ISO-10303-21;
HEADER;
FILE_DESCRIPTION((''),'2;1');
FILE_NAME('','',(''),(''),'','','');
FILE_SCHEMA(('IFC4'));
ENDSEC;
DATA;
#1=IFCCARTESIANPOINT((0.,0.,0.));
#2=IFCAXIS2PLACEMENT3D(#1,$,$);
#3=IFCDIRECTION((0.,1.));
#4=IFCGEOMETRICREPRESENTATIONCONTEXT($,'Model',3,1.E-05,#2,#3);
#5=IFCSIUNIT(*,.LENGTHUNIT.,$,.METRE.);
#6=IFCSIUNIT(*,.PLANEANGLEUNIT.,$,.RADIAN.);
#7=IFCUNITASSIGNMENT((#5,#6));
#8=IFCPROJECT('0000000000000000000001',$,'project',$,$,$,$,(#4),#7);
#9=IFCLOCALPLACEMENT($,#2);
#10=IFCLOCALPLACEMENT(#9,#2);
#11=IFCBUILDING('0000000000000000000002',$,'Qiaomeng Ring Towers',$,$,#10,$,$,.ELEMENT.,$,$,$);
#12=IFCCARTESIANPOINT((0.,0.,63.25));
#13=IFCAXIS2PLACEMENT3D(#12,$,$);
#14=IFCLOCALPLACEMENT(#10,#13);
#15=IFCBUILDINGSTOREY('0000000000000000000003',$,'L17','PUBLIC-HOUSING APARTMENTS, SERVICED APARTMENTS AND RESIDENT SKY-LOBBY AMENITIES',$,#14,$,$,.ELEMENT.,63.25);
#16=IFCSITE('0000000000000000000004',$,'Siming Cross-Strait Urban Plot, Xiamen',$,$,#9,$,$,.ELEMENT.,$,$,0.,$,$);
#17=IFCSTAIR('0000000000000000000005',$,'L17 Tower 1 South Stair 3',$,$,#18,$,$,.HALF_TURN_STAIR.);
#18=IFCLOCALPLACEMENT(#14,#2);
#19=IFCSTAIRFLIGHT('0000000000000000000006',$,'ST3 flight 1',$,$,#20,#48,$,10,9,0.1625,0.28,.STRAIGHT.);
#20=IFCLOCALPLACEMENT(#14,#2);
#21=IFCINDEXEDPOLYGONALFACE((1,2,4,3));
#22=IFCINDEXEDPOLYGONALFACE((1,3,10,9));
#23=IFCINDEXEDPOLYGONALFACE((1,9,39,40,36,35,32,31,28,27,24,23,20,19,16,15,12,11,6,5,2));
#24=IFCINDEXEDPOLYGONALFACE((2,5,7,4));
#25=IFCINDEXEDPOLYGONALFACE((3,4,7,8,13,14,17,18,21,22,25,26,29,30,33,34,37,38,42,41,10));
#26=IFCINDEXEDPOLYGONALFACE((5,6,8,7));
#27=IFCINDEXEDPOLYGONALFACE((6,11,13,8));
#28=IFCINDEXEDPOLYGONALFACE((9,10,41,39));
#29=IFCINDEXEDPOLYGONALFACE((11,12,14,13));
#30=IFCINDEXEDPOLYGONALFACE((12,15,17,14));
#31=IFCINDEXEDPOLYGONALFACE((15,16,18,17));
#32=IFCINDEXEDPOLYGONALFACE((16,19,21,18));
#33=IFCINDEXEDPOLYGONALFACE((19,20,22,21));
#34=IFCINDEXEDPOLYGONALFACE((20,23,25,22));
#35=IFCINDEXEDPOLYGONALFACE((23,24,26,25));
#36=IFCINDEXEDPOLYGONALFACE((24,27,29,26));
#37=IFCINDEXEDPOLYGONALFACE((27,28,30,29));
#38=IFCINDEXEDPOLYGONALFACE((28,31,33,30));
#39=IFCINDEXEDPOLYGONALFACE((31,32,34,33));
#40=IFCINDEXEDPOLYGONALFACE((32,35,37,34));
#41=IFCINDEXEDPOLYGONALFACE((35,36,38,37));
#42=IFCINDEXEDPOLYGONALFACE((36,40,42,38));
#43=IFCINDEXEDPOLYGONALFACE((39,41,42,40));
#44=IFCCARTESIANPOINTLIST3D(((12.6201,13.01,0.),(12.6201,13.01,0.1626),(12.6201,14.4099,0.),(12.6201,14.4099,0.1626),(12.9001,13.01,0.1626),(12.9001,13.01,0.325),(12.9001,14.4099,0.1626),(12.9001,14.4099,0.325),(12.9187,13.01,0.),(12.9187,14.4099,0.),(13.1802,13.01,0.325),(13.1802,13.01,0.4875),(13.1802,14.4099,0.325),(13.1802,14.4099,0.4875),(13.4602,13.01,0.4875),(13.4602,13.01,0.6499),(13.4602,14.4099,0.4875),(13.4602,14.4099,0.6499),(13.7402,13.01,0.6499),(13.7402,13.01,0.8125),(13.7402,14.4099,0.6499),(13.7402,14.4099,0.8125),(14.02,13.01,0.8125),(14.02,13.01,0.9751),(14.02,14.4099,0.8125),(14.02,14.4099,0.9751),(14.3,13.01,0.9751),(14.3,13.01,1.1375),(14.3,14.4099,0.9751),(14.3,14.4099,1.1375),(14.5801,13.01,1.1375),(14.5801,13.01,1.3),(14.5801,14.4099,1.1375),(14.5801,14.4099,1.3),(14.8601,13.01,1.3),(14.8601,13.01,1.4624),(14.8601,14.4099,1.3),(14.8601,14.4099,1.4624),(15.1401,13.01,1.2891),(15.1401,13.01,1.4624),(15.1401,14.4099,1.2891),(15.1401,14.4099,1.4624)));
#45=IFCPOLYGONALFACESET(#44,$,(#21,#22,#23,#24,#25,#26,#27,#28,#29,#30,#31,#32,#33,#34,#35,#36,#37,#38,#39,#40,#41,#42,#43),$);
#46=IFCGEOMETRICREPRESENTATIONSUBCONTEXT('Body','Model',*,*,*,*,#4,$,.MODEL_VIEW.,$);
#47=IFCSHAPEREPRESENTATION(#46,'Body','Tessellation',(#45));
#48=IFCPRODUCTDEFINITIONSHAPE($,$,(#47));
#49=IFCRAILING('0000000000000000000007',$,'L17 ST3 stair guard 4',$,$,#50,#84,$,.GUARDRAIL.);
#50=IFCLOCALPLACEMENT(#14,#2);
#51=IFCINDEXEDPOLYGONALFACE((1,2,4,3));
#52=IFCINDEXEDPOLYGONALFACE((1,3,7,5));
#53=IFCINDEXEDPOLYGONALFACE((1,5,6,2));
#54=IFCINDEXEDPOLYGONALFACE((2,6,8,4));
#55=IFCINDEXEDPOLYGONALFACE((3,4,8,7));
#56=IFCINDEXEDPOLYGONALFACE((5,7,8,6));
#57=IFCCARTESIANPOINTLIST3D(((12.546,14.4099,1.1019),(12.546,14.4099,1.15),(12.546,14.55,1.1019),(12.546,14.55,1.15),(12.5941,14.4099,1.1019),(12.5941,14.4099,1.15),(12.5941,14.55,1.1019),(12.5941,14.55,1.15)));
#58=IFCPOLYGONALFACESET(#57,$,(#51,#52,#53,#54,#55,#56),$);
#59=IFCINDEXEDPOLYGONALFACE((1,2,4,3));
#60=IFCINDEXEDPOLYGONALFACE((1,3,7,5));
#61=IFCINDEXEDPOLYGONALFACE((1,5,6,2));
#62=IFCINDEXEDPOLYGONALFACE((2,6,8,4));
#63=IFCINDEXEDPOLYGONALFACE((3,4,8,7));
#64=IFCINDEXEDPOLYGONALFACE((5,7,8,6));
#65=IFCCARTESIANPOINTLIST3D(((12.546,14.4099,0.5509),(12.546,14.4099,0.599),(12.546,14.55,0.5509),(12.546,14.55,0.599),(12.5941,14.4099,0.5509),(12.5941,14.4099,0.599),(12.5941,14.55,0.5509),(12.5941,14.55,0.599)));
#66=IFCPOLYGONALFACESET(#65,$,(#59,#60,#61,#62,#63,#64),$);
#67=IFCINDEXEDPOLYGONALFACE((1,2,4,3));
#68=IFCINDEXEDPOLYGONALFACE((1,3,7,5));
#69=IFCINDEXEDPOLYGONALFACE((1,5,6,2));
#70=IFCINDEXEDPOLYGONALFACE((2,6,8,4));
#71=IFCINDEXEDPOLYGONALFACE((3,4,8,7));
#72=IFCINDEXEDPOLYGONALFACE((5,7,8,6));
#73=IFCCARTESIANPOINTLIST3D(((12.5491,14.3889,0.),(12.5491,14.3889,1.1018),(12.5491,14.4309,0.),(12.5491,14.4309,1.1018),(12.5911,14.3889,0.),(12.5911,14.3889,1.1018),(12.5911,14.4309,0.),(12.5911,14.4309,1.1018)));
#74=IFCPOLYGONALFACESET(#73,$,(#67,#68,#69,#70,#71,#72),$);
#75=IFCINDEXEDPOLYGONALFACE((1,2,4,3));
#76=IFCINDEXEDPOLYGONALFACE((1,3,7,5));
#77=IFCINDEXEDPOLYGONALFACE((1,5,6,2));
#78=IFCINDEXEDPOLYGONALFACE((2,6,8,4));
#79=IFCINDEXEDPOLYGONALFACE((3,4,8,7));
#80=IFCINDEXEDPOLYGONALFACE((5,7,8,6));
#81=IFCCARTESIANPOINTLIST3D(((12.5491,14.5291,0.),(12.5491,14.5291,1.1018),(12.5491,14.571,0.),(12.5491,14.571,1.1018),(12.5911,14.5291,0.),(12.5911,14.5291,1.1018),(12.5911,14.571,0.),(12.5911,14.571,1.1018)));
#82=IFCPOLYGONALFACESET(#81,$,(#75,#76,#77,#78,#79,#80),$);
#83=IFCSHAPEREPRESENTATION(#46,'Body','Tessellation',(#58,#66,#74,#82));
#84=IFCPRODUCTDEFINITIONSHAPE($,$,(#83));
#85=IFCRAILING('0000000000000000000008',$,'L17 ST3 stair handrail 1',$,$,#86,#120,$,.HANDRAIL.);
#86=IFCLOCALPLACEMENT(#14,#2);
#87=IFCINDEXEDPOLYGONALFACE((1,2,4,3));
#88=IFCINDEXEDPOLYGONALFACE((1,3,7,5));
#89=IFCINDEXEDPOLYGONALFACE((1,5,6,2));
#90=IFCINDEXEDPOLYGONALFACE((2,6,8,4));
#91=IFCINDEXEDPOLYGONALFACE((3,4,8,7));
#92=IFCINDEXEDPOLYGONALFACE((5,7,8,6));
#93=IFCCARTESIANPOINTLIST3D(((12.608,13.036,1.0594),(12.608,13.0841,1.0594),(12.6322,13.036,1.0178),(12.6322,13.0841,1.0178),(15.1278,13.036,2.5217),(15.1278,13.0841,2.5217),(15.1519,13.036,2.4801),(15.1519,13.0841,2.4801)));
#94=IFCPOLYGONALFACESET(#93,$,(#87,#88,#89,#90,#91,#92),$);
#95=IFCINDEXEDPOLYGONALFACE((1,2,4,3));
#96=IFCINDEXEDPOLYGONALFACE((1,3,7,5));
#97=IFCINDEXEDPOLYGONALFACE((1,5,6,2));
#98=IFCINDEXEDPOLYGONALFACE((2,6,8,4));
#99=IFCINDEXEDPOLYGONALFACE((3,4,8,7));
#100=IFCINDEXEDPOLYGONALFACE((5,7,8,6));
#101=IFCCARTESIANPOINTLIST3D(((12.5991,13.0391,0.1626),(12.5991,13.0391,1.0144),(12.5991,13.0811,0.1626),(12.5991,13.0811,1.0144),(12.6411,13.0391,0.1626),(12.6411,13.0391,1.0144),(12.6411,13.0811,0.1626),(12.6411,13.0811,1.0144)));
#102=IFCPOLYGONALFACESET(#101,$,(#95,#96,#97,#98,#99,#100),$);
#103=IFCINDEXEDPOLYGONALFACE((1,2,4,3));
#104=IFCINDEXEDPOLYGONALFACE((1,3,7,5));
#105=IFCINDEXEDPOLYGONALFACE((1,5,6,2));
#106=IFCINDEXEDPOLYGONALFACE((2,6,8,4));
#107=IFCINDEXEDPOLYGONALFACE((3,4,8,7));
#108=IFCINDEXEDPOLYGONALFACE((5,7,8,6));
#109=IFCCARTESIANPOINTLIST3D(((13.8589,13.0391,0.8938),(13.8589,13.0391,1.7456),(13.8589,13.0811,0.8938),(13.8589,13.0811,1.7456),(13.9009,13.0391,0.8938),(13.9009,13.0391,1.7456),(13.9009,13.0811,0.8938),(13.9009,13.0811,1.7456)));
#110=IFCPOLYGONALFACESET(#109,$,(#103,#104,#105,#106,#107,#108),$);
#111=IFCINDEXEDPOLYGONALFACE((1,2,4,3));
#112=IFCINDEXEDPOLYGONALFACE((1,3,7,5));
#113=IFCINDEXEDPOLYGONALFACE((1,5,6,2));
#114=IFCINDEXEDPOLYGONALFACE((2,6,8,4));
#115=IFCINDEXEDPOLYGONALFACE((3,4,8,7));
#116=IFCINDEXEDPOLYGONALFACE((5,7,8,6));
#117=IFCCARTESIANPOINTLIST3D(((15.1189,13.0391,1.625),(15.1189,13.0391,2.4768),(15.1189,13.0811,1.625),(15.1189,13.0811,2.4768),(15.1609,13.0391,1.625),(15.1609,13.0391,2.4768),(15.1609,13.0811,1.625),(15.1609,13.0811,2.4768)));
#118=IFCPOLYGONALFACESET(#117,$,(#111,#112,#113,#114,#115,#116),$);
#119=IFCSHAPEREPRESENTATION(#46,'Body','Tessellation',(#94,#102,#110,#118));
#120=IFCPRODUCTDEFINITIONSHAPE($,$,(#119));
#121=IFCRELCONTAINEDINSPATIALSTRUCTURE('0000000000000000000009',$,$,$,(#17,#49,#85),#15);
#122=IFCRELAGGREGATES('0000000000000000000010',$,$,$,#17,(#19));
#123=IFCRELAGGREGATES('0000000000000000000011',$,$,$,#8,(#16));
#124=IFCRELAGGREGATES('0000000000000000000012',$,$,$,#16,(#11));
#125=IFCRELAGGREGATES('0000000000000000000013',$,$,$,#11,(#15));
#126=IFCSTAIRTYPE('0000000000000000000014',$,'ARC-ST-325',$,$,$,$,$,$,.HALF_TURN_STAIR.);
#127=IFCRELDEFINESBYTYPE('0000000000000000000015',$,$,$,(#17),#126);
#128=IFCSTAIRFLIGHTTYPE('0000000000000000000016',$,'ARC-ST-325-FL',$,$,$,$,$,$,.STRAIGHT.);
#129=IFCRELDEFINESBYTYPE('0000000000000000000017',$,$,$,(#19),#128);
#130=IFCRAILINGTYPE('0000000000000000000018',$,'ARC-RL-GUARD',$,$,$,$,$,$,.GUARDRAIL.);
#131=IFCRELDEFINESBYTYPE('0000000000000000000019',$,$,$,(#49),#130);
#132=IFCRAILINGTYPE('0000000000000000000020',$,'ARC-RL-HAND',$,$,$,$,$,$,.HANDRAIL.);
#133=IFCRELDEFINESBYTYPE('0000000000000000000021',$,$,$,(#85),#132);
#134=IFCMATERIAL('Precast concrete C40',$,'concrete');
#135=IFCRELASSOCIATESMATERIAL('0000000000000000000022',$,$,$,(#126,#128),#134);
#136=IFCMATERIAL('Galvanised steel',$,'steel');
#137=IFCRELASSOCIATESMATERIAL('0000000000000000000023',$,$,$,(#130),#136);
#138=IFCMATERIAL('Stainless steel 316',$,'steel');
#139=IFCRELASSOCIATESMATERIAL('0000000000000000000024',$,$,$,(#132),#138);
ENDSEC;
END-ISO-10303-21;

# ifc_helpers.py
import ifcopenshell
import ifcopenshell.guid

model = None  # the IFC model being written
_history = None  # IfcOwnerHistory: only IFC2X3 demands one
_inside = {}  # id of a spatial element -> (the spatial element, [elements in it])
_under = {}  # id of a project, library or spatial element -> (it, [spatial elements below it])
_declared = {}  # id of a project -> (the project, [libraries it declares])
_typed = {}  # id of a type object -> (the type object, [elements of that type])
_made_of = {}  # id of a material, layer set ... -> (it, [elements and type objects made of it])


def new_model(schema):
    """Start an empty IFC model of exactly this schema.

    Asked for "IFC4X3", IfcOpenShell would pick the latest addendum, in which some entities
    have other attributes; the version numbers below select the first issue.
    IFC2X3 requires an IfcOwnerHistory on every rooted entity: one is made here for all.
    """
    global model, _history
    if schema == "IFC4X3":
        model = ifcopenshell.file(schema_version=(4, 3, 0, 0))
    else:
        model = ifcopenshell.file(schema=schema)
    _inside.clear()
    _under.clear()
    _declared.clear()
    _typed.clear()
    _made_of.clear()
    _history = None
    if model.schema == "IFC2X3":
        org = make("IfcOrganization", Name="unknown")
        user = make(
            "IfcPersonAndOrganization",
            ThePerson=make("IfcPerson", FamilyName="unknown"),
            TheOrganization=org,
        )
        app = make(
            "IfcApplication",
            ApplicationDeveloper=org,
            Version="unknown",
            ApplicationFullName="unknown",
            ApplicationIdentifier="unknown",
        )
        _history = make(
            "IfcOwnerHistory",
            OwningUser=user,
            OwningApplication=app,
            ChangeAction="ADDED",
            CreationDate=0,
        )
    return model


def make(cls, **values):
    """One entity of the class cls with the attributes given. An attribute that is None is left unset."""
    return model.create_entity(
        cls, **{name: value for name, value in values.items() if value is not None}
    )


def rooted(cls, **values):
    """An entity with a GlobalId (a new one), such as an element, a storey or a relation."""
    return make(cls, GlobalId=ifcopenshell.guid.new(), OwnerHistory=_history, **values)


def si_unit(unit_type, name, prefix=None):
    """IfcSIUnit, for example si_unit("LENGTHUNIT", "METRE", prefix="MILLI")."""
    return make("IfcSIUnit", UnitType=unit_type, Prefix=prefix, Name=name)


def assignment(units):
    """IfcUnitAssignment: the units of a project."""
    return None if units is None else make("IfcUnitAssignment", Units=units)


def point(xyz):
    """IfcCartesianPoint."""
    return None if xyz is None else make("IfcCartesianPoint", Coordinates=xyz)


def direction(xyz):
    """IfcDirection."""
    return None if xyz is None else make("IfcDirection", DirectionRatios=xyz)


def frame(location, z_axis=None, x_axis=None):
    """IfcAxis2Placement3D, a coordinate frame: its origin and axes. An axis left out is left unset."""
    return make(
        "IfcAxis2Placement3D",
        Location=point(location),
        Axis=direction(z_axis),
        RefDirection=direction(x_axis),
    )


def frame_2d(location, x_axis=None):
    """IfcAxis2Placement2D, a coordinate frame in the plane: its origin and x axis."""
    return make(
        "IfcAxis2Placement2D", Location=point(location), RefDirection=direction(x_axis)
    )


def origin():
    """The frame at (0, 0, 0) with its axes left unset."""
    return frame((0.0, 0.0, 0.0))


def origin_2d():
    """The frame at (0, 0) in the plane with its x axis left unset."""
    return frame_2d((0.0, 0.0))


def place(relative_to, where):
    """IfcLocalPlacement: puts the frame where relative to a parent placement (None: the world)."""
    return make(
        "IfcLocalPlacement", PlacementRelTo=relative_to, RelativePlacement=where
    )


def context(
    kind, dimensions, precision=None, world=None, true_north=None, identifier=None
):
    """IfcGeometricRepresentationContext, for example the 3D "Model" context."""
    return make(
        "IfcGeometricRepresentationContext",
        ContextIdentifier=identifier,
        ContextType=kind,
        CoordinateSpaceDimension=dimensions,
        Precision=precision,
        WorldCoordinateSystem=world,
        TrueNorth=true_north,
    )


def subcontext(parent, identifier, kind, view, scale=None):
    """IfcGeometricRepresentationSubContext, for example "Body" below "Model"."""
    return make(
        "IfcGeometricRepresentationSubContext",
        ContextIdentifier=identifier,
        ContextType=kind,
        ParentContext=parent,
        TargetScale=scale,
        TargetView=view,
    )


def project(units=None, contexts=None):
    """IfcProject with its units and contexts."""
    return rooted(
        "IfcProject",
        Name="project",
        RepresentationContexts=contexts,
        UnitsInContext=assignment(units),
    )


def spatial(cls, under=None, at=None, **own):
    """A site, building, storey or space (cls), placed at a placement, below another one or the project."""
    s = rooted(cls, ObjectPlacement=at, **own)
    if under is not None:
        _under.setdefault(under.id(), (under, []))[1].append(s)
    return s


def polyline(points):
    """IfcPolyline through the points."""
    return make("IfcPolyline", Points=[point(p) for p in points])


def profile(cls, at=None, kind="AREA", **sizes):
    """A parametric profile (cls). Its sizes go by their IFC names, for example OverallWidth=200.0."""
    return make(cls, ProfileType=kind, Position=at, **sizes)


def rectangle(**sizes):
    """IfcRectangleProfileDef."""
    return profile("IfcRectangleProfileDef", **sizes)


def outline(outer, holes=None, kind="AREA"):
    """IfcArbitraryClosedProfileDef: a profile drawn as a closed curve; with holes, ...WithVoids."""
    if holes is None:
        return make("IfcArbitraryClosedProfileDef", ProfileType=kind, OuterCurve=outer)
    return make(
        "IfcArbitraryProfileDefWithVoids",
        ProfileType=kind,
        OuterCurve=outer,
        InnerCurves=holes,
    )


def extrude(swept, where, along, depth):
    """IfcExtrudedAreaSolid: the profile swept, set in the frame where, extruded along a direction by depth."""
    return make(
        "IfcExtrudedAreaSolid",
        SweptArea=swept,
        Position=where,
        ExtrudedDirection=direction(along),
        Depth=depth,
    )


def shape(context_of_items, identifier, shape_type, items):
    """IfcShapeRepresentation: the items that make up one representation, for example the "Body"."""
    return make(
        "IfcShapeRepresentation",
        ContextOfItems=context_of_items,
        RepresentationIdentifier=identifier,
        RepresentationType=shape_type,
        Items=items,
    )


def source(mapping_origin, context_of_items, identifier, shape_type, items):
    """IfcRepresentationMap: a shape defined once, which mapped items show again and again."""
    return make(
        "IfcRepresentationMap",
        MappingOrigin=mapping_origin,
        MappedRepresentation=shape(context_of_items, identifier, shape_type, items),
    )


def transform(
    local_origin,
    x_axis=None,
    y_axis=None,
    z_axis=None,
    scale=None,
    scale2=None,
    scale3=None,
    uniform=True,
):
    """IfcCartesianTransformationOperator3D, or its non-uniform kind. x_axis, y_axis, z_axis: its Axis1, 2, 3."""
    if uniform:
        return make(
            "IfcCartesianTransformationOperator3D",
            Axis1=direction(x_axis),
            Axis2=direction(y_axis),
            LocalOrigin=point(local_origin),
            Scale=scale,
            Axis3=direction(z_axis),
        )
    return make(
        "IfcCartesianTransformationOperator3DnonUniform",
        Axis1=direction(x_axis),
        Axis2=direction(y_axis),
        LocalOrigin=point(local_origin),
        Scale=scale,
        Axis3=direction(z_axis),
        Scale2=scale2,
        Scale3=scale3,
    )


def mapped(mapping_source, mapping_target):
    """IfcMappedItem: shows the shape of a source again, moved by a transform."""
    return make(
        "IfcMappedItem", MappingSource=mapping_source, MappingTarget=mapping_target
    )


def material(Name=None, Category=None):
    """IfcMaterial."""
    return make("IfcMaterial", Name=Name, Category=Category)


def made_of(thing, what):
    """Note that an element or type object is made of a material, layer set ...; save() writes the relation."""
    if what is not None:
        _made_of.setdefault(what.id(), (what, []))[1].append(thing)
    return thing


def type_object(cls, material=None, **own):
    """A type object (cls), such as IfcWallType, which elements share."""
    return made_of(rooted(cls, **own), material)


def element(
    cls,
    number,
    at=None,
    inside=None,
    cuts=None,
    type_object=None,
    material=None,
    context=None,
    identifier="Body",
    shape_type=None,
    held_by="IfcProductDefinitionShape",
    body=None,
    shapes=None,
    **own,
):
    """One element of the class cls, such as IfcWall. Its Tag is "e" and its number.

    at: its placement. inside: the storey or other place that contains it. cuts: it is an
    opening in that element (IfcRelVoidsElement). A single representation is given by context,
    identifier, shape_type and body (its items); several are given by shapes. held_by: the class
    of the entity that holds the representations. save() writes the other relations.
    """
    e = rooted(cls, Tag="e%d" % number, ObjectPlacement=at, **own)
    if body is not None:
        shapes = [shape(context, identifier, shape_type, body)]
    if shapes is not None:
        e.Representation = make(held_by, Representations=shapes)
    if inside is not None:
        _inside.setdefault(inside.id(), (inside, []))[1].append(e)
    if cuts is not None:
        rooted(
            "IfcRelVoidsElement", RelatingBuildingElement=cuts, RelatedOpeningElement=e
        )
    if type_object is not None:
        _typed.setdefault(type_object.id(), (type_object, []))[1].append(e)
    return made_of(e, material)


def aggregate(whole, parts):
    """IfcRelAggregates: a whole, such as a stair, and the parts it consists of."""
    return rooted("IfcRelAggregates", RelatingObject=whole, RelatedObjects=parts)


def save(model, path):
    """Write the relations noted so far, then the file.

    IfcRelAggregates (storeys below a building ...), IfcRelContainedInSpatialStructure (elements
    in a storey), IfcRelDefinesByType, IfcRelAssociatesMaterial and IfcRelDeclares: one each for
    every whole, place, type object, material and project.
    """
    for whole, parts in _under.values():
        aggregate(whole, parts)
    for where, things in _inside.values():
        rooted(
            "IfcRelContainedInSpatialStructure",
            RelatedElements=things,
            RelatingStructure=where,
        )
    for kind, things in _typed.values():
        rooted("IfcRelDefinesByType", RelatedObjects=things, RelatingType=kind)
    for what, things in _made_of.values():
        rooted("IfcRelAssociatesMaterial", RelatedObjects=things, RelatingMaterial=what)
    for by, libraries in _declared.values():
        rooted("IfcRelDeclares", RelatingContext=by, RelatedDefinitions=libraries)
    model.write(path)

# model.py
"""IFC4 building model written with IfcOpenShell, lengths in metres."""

from ifc_helpers import new_model, si_unit, direction, frame, origin, origin_2d, place, context, subcontext, project, spatial, polyline, rectangle, outline, extrude, source, transform, mapped, material, type_object, element, aggregate, save


model = new_model("IFC4")

# Units and contexts
model_context = context("Model", 3, precision=1e-05, world=origin(), true_north=direction((0.0, 1.0)))
body_context = subcontext(model_context, "Body", "Model", "MODEL_VIEW")
ifc_project = project(units=[si_unit("LENGTHUNIT", "METRE"), si_unit("PLANEANGLEUNIT", "RADIAN")], contexts=[model_context])

# Site, building, storey
site_placement = place(None, origin())
site = spatial("IfcSite", under=ifc_project, at=site_placement, Name="Siming Cross-Strait Urban Plot, Xiamen", CompositionType="ELEMENT", RefElevation=0.0)
building_placement = place(site_placement, origin())
building = spatial("IfcBuilding", under=site, at=building_placement, Name="Qiaomeng Ring Towers", CompositionType="ELEMENT")
storey_placement = place(building_placement, frame((0.0, 0.0, 63.25)))
storey = spatial("IfcBuildingStorey", under=building, at=storey_placement, Name="L17", Description="PUBLIC-HOUSING APARTMENTS, SERVICED APARTMENTS AND RESIDENT SKY-LOBBY AMENITIES", CompositionType="ELEMENT", Elevation=63.25)

# Shared definitions
ifc_material_1 = material(Name="Galvanised steel", Category="steel")

# Shared definitions
ifc_material_2 = material(Name="Stainless steel 316", Category="steel")

# Stair, stair flight
ifc_material_3 = material(Name="Precast concrete C40", Category="concrete")
stair_type = type_object("IfcStairType", Name="ARC-ST-325", PredefinedType="HALF_TURN_STAIR", material=ifc_material_3)
stair_placement = place(storey_placement, origin())
stair = element("IfcStair", 1, at=stair_placement, inside=storey, type_object=stair_type, Name="L17 Tower 1 South Stair 3", PredefinedType="HALF_TURN_STAIR")
stair_flight_type = type_object("IfcStairFlightType", Name="ARC-ST-325-FL", PredefinedType="STRAIGHT", material=ifc_material_3)
shared_shape_1 = source(origin(), body_context, "Body", "SweptSolid", [
    extrude(outline(polyline([(0.0, 0.0), (0.0, 0.1626), (0.28, 0.1626), (0.28, 0.325), (0.5601, 0.325), (0.5601, 0.4875), (0.8401, 0.4875), (0.8401, 0.6499), (1.1201, 0.6499), (1.1201, 0.8125), (1.3999, 0.8125), (1.3999, 0.9751), (1.6799, 0.9751), (1.6799, 1.1375), (1.96, 1.1375), (1.96, 1.3), (2.24, 1.3), (2.24, 1.4624), (2.52, 1.4624), (2.52, 1.625), (2.52, 1.2891), (0.2986, 0.0), (0.0, 0.0)])), frame((0.0, 0.7, 0.0), z_axis=(0.0, -1.0, 0.0), x_axis=(1.0, 0.0, 0.0)), (0.0, 0.0, 1.0), 1.3999),
])
stair_flight_placement = place(storey_placement, frame((12.6201, 13.71, 0.0), z_axis=(0.0, 0.0, 1.0), x_axis=(1.0, 0.0, 0.0)))
stair_flight = element("IfcStairFlight", 2, at=stair_flight_placement, type_object=stair_flight_type, Name="ST3 flight 1", NumberOfRisers=10, NumberOfTreads=9, PredefinedType="STRAIGHT", RiserHeight=0.1625, TreadLength=0.28, context=body_context, shape_type="MappedRepresentation", body=[
    mapped(shared_shape_1, transform((0.0, 0.0, 0.0), x_axis=(1.0, 0.0, 0.0), y_axis=(0.0, 1.0, 0.0), z_axis=(0.0, 0.0, 1.0), scale=1.0)),
])
aggregate(stair, [stair_flight])

# Railings
railing_type_1 = type_object("IfcRailingType", Name="ARC-RL-GUARD", PredefinedType="GUARDRAIL", material=ifc_material_1)
railing_1_placement = place(storey_placement, frame((12.5701, 14.4099, 0.0)))
element("IfcRailing", 3, at=railing_1_placement, inside=storey, type_object=railing_type_1, Name="L17 ST3 stair guard 4", PredefinedType="GUARDRAIL", context=body_context, shape_type="SweptSolid", body=[
    extrude(rectangle(XDim=0.0481, YDim=0.0481, at=origin_2d()), frame((0.0, 0.0, 1.126), z_axis=(0.0, 1.0, 0.0), x_axis=(-1.0, 0.0, 0.0)), (0.0, 0.0, 1.0), 0.1401),
    extrude(rectangle(XDim=0.0481, YDim=0.0481, at=origin_2d()), frame((0.0, 0.0, 0.575), z_axis=(0.0, 1.0, 0.0), x_axis=(-1.0, 0.0, 0.0)), (0.0, 0.0, 1.0), 0.1401),
    extrude(rectangle(XDim=0.042, YDim=0.042, at=origin_2d()), origin(), (0.0, 0.0, 1.0), 1.1018),
    extrude(rectangle(XDim=0.042, YDim=0.042, at=origin_2d()), frame((0.0, 0.1401, 0.0)), (0.0, 0.0, 1.0), 1.1018),
])
railing_type_2 = type_object("IfcRailingType", Name="ARC-RL-HAND", PredefinedType="HANDRAIL", material=ifc_material_2)
railing_2_placement = place(storey_placement, frame((12.6201, 13.0601, 0.1626)))
element("IfcRailing", 4, at=railing_2_placement, inside=storey, type_object=railing_type_2, Name="L17 ST3 stair handrail 1", PredefinedType="HANDRAIL", context=body_context, shape_type="SweptSolid", body=[
    extrude(rectangle(XDim=0.0481, YDim=0.0481, at=origin_2d()), frame((0.0, 0.0, 0.876), z_axis=(0.864892, 0.0, 0.501958), x_axis=(0.0, 1.0, 0.0)), (0.0, 0.0, 1.0), 2.9133),
    extrude(rectangle(XDim=0.042, YDim=0.042, at=origin_2d()), origin(), (0.0, 0.0, 1.0), 0.8518),
    extrude(rectangle(XDim=0.042, YDim=0.042, at=origin_2d()), frame((1.2598, 0.0, 0.7312)), (0.0, 0.0, 1.0), 0.8518),
    extrude(rectangle(XDim=0.042, YDim=0.042, at=origin_2d()), frame((2.5198, 0.0, 1.4624)), (0.0, 0.0, 1.0), 0.8518),
])

save(model, "model.ifc")
